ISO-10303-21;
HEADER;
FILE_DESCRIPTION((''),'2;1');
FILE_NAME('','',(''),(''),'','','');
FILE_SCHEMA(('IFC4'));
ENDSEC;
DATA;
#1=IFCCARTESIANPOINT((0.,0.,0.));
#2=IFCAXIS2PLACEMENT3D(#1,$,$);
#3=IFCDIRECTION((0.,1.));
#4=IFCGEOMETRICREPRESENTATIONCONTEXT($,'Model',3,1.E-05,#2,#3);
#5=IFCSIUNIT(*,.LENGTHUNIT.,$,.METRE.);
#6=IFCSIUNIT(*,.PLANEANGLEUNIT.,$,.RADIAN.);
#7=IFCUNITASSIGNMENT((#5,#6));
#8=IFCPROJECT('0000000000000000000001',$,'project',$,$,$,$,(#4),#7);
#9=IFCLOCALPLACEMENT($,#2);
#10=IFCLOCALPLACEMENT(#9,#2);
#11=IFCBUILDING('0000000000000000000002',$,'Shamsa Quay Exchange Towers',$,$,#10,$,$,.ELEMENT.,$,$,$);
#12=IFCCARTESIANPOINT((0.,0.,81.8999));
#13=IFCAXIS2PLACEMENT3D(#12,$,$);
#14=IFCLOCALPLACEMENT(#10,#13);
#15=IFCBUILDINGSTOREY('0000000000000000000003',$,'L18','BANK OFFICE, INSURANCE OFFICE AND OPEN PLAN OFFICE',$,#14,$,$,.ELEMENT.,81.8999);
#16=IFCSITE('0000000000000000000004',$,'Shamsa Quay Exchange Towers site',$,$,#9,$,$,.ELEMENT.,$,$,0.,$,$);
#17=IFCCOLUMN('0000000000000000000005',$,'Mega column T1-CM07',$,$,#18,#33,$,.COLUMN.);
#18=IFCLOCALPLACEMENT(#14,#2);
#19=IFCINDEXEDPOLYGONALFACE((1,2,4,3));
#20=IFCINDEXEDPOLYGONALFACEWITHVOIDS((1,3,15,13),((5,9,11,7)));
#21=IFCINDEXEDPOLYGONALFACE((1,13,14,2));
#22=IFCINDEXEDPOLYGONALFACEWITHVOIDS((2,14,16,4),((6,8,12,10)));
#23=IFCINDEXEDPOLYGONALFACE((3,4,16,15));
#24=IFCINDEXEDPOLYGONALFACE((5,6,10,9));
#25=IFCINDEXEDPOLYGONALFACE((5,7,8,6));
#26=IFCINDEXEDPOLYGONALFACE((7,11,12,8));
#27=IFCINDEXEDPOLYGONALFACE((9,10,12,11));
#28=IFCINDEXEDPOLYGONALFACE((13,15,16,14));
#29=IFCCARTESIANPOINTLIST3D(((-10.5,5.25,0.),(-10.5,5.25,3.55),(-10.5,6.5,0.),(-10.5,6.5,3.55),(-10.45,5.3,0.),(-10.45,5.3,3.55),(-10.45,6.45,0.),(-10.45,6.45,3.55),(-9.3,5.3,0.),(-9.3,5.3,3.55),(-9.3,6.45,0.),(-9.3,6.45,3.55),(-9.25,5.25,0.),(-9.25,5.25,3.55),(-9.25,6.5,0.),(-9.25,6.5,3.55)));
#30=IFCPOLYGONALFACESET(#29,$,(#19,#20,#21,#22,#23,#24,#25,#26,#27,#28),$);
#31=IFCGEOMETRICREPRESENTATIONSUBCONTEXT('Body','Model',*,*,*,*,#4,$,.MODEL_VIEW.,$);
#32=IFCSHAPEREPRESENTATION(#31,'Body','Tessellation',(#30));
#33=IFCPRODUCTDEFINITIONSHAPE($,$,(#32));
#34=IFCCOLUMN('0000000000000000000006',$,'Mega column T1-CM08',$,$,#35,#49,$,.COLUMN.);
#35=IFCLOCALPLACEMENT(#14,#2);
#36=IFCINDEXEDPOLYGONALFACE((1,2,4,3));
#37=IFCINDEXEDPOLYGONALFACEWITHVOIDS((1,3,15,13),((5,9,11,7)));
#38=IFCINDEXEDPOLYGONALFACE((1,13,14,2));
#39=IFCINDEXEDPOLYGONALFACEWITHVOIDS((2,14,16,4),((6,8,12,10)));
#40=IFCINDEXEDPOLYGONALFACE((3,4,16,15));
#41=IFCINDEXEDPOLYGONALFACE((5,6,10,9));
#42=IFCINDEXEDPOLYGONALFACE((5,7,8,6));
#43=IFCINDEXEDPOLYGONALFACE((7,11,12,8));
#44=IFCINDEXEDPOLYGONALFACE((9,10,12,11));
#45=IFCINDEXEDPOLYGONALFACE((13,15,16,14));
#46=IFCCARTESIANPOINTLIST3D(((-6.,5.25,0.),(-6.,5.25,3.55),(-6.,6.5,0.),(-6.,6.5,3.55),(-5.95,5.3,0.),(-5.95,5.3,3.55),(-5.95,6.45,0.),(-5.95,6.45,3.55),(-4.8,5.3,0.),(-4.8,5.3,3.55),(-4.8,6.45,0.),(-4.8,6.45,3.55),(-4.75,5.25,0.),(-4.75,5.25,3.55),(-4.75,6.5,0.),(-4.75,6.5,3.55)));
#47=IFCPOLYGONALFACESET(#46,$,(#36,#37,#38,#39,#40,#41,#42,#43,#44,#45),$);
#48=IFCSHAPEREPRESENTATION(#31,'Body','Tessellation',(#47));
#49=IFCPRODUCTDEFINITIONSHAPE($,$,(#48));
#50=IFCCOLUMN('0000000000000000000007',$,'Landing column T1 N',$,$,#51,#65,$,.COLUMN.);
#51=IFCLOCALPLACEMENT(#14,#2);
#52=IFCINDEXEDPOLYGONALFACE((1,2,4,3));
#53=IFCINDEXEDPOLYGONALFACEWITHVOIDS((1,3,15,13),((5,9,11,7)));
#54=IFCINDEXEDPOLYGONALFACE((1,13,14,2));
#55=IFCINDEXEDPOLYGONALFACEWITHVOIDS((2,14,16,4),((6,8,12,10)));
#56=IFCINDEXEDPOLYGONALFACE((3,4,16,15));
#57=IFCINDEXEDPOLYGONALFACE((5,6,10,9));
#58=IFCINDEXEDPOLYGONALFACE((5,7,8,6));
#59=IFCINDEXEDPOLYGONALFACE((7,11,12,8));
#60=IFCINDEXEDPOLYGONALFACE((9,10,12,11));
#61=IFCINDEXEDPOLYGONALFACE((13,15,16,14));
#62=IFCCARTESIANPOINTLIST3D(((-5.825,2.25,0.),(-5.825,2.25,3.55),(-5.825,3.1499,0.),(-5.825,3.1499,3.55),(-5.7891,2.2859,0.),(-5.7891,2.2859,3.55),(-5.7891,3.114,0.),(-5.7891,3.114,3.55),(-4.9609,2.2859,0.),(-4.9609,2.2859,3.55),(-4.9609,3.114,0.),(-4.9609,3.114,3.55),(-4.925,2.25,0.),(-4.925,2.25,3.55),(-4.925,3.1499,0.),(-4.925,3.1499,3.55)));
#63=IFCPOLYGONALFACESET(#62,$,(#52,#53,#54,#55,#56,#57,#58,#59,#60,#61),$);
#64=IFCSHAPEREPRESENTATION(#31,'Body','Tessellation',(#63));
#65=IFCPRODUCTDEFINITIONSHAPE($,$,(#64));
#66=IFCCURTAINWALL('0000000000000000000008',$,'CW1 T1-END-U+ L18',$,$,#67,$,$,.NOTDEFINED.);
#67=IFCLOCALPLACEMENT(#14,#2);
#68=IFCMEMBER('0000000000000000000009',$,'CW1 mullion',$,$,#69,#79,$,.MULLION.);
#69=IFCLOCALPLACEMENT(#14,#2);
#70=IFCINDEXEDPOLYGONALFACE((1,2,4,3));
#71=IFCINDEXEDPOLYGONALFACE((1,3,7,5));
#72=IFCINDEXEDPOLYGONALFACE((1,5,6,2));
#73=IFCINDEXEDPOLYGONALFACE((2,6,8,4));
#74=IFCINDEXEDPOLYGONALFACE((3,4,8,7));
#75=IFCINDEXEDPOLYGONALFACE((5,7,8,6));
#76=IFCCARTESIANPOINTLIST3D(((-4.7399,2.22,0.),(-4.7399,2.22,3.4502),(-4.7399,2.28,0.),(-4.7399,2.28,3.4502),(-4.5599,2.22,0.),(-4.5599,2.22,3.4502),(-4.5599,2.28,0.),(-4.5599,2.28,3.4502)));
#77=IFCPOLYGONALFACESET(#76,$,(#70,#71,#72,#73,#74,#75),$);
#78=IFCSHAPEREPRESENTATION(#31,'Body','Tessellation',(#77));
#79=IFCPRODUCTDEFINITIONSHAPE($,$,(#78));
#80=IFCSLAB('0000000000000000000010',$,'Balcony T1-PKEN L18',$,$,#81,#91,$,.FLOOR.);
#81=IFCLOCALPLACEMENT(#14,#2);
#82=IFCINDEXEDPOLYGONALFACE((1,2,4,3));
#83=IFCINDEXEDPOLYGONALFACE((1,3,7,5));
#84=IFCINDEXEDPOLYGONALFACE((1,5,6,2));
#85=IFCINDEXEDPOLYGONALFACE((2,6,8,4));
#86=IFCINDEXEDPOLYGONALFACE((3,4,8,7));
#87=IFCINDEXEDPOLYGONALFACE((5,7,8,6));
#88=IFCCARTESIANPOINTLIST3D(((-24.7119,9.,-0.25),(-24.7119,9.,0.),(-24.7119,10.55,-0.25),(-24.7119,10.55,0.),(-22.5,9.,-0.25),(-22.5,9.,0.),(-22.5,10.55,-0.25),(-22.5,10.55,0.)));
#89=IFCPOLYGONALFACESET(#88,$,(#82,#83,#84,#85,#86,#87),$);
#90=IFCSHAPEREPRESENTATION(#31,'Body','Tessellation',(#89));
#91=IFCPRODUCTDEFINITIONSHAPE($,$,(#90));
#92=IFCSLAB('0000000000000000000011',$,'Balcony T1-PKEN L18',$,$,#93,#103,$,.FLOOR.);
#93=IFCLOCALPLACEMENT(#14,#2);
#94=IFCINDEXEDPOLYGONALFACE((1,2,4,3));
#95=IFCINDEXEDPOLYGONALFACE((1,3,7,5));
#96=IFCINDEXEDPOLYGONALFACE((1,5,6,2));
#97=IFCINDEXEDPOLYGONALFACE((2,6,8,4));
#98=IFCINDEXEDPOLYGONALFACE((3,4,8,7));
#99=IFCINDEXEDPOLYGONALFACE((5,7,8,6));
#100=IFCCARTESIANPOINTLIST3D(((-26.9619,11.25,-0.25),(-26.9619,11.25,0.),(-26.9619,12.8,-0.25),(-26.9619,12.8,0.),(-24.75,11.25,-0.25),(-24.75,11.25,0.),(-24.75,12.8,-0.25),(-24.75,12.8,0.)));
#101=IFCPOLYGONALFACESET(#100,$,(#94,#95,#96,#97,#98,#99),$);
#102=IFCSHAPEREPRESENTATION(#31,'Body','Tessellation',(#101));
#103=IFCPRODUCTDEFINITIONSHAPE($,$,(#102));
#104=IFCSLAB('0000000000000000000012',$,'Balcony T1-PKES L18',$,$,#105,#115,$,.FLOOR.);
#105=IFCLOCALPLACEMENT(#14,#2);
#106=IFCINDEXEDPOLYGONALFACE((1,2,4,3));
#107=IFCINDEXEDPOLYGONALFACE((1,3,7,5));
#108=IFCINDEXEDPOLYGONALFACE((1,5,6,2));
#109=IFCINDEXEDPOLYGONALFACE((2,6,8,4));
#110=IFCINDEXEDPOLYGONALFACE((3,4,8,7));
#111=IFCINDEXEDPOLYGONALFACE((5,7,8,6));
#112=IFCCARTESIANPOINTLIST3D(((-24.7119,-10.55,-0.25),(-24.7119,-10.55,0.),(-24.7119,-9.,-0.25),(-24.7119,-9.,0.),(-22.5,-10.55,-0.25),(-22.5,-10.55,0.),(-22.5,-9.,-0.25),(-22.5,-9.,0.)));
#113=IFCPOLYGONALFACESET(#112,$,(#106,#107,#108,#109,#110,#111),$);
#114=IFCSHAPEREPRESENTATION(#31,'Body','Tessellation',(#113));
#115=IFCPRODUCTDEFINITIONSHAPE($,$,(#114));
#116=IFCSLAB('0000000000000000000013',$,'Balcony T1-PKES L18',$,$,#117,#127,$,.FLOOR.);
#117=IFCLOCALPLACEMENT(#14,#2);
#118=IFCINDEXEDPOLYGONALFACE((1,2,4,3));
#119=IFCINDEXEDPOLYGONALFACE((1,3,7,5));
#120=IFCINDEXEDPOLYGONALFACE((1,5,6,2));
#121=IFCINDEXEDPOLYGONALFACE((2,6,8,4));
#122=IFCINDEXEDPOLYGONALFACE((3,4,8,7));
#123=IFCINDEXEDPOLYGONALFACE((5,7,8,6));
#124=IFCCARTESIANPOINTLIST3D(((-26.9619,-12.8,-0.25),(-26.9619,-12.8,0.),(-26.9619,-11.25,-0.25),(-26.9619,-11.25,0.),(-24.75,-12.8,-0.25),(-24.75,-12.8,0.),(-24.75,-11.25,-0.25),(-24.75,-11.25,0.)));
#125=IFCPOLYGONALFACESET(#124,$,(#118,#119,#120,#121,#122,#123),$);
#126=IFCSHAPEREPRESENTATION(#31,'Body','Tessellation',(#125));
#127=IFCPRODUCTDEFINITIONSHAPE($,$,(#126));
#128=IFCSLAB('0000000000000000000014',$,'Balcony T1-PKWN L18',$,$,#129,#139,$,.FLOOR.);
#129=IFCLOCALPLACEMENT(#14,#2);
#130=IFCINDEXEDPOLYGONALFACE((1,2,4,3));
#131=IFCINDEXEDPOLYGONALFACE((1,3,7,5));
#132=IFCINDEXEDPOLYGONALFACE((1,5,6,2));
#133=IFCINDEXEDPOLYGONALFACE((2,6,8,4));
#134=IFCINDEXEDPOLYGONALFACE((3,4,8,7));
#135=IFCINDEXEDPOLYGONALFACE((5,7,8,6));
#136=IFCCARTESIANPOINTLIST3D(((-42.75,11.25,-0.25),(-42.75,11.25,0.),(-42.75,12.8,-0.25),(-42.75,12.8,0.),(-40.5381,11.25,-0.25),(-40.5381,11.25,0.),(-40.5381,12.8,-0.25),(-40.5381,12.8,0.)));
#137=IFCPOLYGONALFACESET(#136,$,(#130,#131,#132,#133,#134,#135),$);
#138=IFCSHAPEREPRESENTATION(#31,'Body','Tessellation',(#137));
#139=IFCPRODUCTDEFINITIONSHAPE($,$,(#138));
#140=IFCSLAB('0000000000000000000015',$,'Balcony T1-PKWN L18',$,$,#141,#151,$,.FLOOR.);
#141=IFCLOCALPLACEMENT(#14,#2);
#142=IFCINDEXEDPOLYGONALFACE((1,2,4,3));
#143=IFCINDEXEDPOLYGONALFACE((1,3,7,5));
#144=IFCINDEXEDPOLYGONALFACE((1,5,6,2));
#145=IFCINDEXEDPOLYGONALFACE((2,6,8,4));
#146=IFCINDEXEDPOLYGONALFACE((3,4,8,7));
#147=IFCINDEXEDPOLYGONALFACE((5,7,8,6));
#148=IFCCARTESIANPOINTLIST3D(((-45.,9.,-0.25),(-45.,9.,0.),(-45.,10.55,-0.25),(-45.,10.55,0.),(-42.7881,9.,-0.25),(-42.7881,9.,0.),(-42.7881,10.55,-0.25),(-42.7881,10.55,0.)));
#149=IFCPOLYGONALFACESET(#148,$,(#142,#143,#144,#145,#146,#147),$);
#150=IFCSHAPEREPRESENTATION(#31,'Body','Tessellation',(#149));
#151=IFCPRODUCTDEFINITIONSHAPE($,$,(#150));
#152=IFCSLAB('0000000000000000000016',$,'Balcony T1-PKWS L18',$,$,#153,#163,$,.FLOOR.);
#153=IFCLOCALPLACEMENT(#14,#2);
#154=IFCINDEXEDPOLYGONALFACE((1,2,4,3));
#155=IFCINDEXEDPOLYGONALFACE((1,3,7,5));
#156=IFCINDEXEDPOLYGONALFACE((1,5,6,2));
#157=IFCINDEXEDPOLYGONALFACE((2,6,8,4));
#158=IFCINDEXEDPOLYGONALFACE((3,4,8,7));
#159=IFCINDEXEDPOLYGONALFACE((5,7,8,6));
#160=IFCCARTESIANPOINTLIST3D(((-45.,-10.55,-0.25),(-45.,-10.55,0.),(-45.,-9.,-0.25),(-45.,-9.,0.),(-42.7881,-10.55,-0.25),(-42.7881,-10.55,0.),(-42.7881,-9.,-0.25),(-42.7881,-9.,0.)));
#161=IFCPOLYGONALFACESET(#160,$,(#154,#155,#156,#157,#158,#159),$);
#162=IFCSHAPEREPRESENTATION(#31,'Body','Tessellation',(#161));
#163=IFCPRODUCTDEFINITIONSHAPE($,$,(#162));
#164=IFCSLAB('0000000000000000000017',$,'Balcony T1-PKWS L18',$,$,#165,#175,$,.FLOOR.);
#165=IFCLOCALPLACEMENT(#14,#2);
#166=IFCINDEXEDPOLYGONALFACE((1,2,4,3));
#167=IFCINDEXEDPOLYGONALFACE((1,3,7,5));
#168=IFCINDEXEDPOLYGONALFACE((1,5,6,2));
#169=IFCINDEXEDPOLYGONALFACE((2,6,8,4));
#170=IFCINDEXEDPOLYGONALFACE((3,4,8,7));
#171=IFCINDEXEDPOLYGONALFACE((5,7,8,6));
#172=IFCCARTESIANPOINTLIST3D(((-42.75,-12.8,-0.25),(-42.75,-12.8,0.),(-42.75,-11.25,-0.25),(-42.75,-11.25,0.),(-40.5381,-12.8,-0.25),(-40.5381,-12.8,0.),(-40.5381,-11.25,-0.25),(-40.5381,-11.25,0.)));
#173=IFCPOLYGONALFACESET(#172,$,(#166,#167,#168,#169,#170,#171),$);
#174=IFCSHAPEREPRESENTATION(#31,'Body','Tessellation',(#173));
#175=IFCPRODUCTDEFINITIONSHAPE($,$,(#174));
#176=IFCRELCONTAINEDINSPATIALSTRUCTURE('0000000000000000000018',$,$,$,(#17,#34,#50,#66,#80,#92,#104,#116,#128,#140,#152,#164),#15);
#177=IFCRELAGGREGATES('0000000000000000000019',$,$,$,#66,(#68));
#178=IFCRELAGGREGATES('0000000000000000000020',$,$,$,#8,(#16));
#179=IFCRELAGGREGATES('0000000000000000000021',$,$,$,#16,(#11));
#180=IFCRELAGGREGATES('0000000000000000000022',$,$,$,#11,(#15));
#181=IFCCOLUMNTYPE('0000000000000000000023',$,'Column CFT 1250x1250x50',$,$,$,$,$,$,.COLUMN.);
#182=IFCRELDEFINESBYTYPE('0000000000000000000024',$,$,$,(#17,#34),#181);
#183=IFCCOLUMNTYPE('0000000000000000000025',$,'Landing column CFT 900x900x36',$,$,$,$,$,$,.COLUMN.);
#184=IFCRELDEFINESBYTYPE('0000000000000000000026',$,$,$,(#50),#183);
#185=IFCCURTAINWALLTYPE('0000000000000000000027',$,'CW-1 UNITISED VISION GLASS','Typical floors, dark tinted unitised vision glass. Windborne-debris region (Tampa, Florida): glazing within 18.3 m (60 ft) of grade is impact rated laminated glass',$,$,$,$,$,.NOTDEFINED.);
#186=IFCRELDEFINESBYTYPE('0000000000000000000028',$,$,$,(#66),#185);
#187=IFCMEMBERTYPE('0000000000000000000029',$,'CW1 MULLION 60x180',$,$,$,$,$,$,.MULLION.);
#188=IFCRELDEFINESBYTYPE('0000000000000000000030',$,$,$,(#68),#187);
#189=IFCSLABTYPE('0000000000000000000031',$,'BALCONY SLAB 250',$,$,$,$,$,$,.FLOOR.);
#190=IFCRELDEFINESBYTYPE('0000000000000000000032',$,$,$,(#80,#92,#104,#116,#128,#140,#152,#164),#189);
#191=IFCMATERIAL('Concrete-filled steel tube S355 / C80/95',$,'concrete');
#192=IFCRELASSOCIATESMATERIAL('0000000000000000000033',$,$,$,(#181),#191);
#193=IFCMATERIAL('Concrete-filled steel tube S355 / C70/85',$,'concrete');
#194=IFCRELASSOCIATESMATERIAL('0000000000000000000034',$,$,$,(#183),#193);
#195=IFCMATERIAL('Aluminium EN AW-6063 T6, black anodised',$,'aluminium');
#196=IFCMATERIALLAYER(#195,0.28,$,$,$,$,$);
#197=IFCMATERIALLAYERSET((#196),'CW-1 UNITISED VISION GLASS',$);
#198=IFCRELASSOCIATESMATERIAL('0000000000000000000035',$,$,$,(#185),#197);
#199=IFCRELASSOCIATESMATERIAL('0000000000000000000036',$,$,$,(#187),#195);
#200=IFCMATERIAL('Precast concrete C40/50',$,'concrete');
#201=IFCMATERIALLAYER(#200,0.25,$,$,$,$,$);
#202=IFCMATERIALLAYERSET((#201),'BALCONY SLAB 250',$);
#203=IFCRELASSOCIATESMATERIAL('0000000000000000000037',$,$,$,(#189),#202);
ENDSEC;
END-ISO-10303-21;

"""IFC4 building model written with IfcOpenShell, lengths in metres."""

from ifc_helpers import new_model, si_unit, direction, frame, origin, origin_2d, place, context, subcontext, project, spatial, polyline, rectangle, hollow_rectangle, outline, extrude, material, layer, layer_set, material_profile, profile_set, type_object, element, aggregate, save


model = new_model("IFC4")

# Units and contexts
model_context = context("Model", 3, precision=1e-05, world=origin(), true_north=direction((0.0, 1.0)))
body_context = subcontext(model_context, "Body", "Model", "MODEL_VIEW")
ifc_project = project(units=[si_unit("LENGTHUNIT", "METRE"), si_unit("PLANEANGLEUNIT", "RADIAN")], contexts=[model_context])

# Site, building, storey
site_placement = place(None, origin())
site = spatial("IfcSite", under=ifc_project, at=site_placement, Name="Shamsa Quay Exchange Towers site", CompositionType="ELEMENT", RefElevation=0.0)
building_placement = place(site_placement, origin())
building = spatial("IfcBuilding", under=site, at=building_placement, Name="Shamsa Quay Exchange Towers", CompositionType="ELEMENT")
storey_placement = place(building_placement, frame((0.0, 0.0, 81.8999)))
storey = spatial("IfcBuildingStorey", under=building, at=storey_placement, Name="L18", Description="BANK OFFICE, INSURANCE OFFICE AND OPEN PLAN OFFICE", CompositionType="ELEMENT", Elevation=81.8999)

# Columns
ifc_material_1 = material(Name="Concrete-filled steel tube S355 / C80/95", Category="concrete")
ifc_material_profile_1 = material_profile(ifc_material_1, hollow_rectangle(XDim=1.25, YDim=1.25, WallThickness=0.05, at=origin_2d()), Name="CFT 1250x1250x50")
ifc_profile_set_1 = profile_set([ifc_material_profile_1], Name="Concrete-filled steel tube S355 / C80/95")
column_type_1 = type_object("IfcColumnType", Name="Column CFT 1250x1250x50", PredefinedType="COLUMN", material=ifc_profile_set_1)
for number, where, name in (
    (1, (-9.875, 5.875, 0.0), "Mega column T1-CM07"),
    (2, (-5.375, 5.875, 0.0), "Mega column T1-CM08"),
):
    element("IfcColumn", number, at=place(storey_placement, frame(where)), inside=storey, type_object=column_type_1, Name=name, PredefinedType="COLUMN", context=body_context, shape_type="SweptSolid", body=[
        extrude(hollow_rectangle(XDim=1.25, YDim=1.25, WallThickness=0.05, at=origin_2d()), origin(), (0.0, 0.0, 1.0), 3.55),
    ])
ifc_material_2 = material(Name="Concrete-filled steel tube S355 / C70/85", Category="concrete")
ifc_material_profile_2 = material_profile(ifc_material_2, hollow_rectangle(XDim=0.8999, YDim=0.8999, WallThickness=0.0359, at=origin_2d()), Name="CFT 900x900x36")
ifc_profile_set_2 = profile_set([ifc_material_profile_2], Name="Concrete-filled steel tube S355 / C70/85")
column_type_2 = type_object("IfcColumnType", Name="Landing column CFT 900x900x36", PredefinedType="COLUMN", material=ifc_profile_set_2)
column_placement = place(storey_placement, frame((-5.375, 2.7, 0.0)))
element("IfcColumn", 3, at=column_placement, inside=storey, type_object=column_type_2, Name="Landing column T1 N", PredefinedType="COLUMN", context=body_context, shape_type="SweptSolid", body=[
    extrude(hollow_rectangle(XDim=0.8999, YDim=0.8999, WallThickness=0.0359, at=origin_2d()), origin(), (0.0, 0.0, 1.0), 3.55),
])

# Curtain wall, member
ifc_material_3 = material(Name="Aluminium EN AW-6063 T6, black anodised", Category="aluminium")
ifc_layer_1 = layer(ifc_material_3, 0.28)
ifc_layer_set_1 = layer_set([ifc_layer_1], Name="CW-1 UNITISED VISION GLASS")
curtain_wall_type = type_object("IfcCurtainWallType", Name="CW-1 UNITISED VISION GLASS", Description="Typical floors, dark tinted unitised vision glass. Windborne-debris region (Tampa, Florida): glazing within 18.3 m (60 ft) of grade is impact rated laminated glass", PredefinedType="NOTDEFINED", material=ifc_layer_set_1)
curtain_wall_1_placement = place(storey_placement, origin())
curtain_wall_1 = element("IfcCurtainWall", 4, at=curtain_wall_1_placement, inside=storey, type_object=curtain_wall_type, Name="CW1 T1-END-U+ L18", PredefinedType="NOTDEFINED")
ifc_material_profile_3 = material_profile(ifc_material_3, rectangle(XDim=0.1799, YDim=0.0601, at=origin_2d()), Name="MU60x180")
ifc_profile_set_3 = profile_set([ifc_material_profile_3], Name="Aluminium EN AW-6063 T6, black anodised")
member_type = type_object("IfcMemberType", Name="CW1 MULLION 60x180", PredefinedType="MULLION", material=ifc_profile_set_3)
member_placement = place(storey_placement, frame((-4.6499, 2.25, 0.0), z_axis=(0.0, 0.0, 1.0), x_axis=(-1.0, 0.0, 0.0)))
member = element("IfcMember", 5, at=member_placement, type_object=member_type, Name="CW1 mullion", PredefinedType="MULLION", context=body_context, shape_type="SweptSolid", body=[
    extrude(rectangle(XDim=0.1799, YDim=0.0601, at=origin_2d()), origin(), (0.0, 0.0, 1.0), 3.4502),
])

# Slabs
ifc_material_4 = material(Name="Precast concrete C40/50", Category="concrete")
ifc_layer_2 = layer(ifc_material_4, 0.25)
ifc_layer_set_2 = layer_set([ifc_layer_2], Name="BALCONY SLAB 250")
slab_type_1 = type_object("IfcSlabType", Name="BALCONY SLAB 250", PredefinedType="FLOOR", material=ifc_layer_set_2)
slab_1_placement = place(storey_placement, frame((0.0, 0.0, -0.25)))
element("IfcSlab", 6, at=slab_1_placement, inside=storey, type_object=slab_type_1, Name="Balcony T1-PKEN L18", PredefinedType="FLOOR", context=body_context, shape_type="SweptSolid", body=[
    extrude(outline(polyline([(-22.5, 9.0), (-24.7119, 9.0), (-24.7119, 10.55), (-22.5, 10.55), (-22.5, 9.0)])), origin(), (0.0, 0.0, 1.0), 0.25),
])
slab_2_placement = place(storey_placement, frame((0.0, 0.0, -0.25)))
element("IfcSlab", 7, at=slab_2_placement, inside=storey, type_object=slab_type_1, Name="Balcony T1-PKEN L18", PredefinedType="FLOOR", context=body_context, shape_type="SweptSolid", body=[
    extrude(outline(polyline([(-24.75, 11.25), (-26.9619, 11.25), (-26.9619, 12.8), (-24.75, 12.8), (-24.75, 11.25)])), origin(), (0.0, 0.0, 1.0), 0.25),
])
slab_3_placement = place(storey_placement, frame((0.0, 0.0, -0.25)))
element("IfcSlab", 8, at=slab_3_placement, inside=storey, type_object=slab_type_1, Name="Balcony T1-PKES L18", PredefinedType="FLOOR", context=body_context, shape_type="SweptSolid", body=[
    extrude(outline(polyline([(-24.7119, -9.0), (-22.5, -9.0), (-22.5, -10.55), (-24.7119, -10.55), (-24.7119, -9.0)])), origin(), (0.0, 0.0, 1.0), 0.25),
])
slab_4_placement = place(storey_placement, frame((0.0, 0.0, -0.25)))
element("IfcSlab", 9, at=slab_4_placement, inside=storey, type_object=slab_type_1, Name="Balcony T1-PKES L18", PredefinedType="FLOOR", context=body_context, shape_type="SweptSolid", body=[
    extrude(outline(polyline([(-26.9619, -11.25), (-24.75, -11.25), (-24.75, -12.8), (-26.9619, -12.8), (-26.9619, -11.25)])), origin(), (0.0, 0.0, 1.0), 0.25),
])
slab_5_placement = place(storey_placement, frame((0.0, 0.0, -0.25)))
element("IfcSlab", 10, at=slab_5_placement, inside=storey, type_object=slab_type_1, Name="Balcony T1-PKWN L18", PredefinedType="FLOOR", context=body_context, shape_type="SweptSolid", body=[
    extrude(outline(polyline([(-40.5381, 11.25), (-42.75, 11.25), (-42.75, 12.8), (-40.5381, 12.8), (-40.5381, 11.25)])), origin(), (0.0, 0.0, 1.0), 0.25),
])
slab_6_placement = place(storey_placement, frame((0.0, 0.0, -0.25)))
element("IfcSlab", 11, at=slab_6_placement, inside=storey, type_object=slab_type_1, Name="Balcony T1-PKWN L18", PredefinedType="FLOOR", context=body_context, shape_type="SweptSolid", body=[
    extrude(outline(polyline([(-42.7881, 9.0), (-45.0, 9.0), (-45.0, 10.55), (-42.7881, 10.55), (-42.7881, 9.0)])), origin(), (0.0, 0.0, 1.0), 0.25),
])
slab_7_placement = place(storey_placement, frame((0.0, 0.0, -0.25)))
element("IfcSlab", 12, at=slab_7_placement, inside=storey, type_object=slab_type_1, Name="Balcony T1-PKWS L18", PredefinedType="FLOOR", context=body_context, shape_type="SweptSolid", body=[
    extrude(outline(polyline([(-45.0, -9.0), (-42.7881, -9.0), (-42.7881, -10.55), (-45.0, -10.55), (-45.0, -9.0)])), origin(), (0.0, 0.0, 1.0), 0.25),
])
slab_8_placement = place(storey_placement, frame((0.0, 0.0, -0.25)))
element("IfcSlab", 13, at=slab_8_placement, inside=storey, type_object=slab_type_1, Name="Balcony T1-PKWS L18", PredefinedType="FLOOR", context=body_context, shape_type="SweptSolid", body=[
    extrude(outline(polyline([(-42.75, -11.25), (-40.5381, -11.25), (-40.5381, -12.8), (-42.75, -12.8), (-42.75, -11.25)])), origin(), (0.0, 0.0, 1.0), 0.25),
])

aggregate(curtain_wall_1, [member])

save(model, "model.ifc")
